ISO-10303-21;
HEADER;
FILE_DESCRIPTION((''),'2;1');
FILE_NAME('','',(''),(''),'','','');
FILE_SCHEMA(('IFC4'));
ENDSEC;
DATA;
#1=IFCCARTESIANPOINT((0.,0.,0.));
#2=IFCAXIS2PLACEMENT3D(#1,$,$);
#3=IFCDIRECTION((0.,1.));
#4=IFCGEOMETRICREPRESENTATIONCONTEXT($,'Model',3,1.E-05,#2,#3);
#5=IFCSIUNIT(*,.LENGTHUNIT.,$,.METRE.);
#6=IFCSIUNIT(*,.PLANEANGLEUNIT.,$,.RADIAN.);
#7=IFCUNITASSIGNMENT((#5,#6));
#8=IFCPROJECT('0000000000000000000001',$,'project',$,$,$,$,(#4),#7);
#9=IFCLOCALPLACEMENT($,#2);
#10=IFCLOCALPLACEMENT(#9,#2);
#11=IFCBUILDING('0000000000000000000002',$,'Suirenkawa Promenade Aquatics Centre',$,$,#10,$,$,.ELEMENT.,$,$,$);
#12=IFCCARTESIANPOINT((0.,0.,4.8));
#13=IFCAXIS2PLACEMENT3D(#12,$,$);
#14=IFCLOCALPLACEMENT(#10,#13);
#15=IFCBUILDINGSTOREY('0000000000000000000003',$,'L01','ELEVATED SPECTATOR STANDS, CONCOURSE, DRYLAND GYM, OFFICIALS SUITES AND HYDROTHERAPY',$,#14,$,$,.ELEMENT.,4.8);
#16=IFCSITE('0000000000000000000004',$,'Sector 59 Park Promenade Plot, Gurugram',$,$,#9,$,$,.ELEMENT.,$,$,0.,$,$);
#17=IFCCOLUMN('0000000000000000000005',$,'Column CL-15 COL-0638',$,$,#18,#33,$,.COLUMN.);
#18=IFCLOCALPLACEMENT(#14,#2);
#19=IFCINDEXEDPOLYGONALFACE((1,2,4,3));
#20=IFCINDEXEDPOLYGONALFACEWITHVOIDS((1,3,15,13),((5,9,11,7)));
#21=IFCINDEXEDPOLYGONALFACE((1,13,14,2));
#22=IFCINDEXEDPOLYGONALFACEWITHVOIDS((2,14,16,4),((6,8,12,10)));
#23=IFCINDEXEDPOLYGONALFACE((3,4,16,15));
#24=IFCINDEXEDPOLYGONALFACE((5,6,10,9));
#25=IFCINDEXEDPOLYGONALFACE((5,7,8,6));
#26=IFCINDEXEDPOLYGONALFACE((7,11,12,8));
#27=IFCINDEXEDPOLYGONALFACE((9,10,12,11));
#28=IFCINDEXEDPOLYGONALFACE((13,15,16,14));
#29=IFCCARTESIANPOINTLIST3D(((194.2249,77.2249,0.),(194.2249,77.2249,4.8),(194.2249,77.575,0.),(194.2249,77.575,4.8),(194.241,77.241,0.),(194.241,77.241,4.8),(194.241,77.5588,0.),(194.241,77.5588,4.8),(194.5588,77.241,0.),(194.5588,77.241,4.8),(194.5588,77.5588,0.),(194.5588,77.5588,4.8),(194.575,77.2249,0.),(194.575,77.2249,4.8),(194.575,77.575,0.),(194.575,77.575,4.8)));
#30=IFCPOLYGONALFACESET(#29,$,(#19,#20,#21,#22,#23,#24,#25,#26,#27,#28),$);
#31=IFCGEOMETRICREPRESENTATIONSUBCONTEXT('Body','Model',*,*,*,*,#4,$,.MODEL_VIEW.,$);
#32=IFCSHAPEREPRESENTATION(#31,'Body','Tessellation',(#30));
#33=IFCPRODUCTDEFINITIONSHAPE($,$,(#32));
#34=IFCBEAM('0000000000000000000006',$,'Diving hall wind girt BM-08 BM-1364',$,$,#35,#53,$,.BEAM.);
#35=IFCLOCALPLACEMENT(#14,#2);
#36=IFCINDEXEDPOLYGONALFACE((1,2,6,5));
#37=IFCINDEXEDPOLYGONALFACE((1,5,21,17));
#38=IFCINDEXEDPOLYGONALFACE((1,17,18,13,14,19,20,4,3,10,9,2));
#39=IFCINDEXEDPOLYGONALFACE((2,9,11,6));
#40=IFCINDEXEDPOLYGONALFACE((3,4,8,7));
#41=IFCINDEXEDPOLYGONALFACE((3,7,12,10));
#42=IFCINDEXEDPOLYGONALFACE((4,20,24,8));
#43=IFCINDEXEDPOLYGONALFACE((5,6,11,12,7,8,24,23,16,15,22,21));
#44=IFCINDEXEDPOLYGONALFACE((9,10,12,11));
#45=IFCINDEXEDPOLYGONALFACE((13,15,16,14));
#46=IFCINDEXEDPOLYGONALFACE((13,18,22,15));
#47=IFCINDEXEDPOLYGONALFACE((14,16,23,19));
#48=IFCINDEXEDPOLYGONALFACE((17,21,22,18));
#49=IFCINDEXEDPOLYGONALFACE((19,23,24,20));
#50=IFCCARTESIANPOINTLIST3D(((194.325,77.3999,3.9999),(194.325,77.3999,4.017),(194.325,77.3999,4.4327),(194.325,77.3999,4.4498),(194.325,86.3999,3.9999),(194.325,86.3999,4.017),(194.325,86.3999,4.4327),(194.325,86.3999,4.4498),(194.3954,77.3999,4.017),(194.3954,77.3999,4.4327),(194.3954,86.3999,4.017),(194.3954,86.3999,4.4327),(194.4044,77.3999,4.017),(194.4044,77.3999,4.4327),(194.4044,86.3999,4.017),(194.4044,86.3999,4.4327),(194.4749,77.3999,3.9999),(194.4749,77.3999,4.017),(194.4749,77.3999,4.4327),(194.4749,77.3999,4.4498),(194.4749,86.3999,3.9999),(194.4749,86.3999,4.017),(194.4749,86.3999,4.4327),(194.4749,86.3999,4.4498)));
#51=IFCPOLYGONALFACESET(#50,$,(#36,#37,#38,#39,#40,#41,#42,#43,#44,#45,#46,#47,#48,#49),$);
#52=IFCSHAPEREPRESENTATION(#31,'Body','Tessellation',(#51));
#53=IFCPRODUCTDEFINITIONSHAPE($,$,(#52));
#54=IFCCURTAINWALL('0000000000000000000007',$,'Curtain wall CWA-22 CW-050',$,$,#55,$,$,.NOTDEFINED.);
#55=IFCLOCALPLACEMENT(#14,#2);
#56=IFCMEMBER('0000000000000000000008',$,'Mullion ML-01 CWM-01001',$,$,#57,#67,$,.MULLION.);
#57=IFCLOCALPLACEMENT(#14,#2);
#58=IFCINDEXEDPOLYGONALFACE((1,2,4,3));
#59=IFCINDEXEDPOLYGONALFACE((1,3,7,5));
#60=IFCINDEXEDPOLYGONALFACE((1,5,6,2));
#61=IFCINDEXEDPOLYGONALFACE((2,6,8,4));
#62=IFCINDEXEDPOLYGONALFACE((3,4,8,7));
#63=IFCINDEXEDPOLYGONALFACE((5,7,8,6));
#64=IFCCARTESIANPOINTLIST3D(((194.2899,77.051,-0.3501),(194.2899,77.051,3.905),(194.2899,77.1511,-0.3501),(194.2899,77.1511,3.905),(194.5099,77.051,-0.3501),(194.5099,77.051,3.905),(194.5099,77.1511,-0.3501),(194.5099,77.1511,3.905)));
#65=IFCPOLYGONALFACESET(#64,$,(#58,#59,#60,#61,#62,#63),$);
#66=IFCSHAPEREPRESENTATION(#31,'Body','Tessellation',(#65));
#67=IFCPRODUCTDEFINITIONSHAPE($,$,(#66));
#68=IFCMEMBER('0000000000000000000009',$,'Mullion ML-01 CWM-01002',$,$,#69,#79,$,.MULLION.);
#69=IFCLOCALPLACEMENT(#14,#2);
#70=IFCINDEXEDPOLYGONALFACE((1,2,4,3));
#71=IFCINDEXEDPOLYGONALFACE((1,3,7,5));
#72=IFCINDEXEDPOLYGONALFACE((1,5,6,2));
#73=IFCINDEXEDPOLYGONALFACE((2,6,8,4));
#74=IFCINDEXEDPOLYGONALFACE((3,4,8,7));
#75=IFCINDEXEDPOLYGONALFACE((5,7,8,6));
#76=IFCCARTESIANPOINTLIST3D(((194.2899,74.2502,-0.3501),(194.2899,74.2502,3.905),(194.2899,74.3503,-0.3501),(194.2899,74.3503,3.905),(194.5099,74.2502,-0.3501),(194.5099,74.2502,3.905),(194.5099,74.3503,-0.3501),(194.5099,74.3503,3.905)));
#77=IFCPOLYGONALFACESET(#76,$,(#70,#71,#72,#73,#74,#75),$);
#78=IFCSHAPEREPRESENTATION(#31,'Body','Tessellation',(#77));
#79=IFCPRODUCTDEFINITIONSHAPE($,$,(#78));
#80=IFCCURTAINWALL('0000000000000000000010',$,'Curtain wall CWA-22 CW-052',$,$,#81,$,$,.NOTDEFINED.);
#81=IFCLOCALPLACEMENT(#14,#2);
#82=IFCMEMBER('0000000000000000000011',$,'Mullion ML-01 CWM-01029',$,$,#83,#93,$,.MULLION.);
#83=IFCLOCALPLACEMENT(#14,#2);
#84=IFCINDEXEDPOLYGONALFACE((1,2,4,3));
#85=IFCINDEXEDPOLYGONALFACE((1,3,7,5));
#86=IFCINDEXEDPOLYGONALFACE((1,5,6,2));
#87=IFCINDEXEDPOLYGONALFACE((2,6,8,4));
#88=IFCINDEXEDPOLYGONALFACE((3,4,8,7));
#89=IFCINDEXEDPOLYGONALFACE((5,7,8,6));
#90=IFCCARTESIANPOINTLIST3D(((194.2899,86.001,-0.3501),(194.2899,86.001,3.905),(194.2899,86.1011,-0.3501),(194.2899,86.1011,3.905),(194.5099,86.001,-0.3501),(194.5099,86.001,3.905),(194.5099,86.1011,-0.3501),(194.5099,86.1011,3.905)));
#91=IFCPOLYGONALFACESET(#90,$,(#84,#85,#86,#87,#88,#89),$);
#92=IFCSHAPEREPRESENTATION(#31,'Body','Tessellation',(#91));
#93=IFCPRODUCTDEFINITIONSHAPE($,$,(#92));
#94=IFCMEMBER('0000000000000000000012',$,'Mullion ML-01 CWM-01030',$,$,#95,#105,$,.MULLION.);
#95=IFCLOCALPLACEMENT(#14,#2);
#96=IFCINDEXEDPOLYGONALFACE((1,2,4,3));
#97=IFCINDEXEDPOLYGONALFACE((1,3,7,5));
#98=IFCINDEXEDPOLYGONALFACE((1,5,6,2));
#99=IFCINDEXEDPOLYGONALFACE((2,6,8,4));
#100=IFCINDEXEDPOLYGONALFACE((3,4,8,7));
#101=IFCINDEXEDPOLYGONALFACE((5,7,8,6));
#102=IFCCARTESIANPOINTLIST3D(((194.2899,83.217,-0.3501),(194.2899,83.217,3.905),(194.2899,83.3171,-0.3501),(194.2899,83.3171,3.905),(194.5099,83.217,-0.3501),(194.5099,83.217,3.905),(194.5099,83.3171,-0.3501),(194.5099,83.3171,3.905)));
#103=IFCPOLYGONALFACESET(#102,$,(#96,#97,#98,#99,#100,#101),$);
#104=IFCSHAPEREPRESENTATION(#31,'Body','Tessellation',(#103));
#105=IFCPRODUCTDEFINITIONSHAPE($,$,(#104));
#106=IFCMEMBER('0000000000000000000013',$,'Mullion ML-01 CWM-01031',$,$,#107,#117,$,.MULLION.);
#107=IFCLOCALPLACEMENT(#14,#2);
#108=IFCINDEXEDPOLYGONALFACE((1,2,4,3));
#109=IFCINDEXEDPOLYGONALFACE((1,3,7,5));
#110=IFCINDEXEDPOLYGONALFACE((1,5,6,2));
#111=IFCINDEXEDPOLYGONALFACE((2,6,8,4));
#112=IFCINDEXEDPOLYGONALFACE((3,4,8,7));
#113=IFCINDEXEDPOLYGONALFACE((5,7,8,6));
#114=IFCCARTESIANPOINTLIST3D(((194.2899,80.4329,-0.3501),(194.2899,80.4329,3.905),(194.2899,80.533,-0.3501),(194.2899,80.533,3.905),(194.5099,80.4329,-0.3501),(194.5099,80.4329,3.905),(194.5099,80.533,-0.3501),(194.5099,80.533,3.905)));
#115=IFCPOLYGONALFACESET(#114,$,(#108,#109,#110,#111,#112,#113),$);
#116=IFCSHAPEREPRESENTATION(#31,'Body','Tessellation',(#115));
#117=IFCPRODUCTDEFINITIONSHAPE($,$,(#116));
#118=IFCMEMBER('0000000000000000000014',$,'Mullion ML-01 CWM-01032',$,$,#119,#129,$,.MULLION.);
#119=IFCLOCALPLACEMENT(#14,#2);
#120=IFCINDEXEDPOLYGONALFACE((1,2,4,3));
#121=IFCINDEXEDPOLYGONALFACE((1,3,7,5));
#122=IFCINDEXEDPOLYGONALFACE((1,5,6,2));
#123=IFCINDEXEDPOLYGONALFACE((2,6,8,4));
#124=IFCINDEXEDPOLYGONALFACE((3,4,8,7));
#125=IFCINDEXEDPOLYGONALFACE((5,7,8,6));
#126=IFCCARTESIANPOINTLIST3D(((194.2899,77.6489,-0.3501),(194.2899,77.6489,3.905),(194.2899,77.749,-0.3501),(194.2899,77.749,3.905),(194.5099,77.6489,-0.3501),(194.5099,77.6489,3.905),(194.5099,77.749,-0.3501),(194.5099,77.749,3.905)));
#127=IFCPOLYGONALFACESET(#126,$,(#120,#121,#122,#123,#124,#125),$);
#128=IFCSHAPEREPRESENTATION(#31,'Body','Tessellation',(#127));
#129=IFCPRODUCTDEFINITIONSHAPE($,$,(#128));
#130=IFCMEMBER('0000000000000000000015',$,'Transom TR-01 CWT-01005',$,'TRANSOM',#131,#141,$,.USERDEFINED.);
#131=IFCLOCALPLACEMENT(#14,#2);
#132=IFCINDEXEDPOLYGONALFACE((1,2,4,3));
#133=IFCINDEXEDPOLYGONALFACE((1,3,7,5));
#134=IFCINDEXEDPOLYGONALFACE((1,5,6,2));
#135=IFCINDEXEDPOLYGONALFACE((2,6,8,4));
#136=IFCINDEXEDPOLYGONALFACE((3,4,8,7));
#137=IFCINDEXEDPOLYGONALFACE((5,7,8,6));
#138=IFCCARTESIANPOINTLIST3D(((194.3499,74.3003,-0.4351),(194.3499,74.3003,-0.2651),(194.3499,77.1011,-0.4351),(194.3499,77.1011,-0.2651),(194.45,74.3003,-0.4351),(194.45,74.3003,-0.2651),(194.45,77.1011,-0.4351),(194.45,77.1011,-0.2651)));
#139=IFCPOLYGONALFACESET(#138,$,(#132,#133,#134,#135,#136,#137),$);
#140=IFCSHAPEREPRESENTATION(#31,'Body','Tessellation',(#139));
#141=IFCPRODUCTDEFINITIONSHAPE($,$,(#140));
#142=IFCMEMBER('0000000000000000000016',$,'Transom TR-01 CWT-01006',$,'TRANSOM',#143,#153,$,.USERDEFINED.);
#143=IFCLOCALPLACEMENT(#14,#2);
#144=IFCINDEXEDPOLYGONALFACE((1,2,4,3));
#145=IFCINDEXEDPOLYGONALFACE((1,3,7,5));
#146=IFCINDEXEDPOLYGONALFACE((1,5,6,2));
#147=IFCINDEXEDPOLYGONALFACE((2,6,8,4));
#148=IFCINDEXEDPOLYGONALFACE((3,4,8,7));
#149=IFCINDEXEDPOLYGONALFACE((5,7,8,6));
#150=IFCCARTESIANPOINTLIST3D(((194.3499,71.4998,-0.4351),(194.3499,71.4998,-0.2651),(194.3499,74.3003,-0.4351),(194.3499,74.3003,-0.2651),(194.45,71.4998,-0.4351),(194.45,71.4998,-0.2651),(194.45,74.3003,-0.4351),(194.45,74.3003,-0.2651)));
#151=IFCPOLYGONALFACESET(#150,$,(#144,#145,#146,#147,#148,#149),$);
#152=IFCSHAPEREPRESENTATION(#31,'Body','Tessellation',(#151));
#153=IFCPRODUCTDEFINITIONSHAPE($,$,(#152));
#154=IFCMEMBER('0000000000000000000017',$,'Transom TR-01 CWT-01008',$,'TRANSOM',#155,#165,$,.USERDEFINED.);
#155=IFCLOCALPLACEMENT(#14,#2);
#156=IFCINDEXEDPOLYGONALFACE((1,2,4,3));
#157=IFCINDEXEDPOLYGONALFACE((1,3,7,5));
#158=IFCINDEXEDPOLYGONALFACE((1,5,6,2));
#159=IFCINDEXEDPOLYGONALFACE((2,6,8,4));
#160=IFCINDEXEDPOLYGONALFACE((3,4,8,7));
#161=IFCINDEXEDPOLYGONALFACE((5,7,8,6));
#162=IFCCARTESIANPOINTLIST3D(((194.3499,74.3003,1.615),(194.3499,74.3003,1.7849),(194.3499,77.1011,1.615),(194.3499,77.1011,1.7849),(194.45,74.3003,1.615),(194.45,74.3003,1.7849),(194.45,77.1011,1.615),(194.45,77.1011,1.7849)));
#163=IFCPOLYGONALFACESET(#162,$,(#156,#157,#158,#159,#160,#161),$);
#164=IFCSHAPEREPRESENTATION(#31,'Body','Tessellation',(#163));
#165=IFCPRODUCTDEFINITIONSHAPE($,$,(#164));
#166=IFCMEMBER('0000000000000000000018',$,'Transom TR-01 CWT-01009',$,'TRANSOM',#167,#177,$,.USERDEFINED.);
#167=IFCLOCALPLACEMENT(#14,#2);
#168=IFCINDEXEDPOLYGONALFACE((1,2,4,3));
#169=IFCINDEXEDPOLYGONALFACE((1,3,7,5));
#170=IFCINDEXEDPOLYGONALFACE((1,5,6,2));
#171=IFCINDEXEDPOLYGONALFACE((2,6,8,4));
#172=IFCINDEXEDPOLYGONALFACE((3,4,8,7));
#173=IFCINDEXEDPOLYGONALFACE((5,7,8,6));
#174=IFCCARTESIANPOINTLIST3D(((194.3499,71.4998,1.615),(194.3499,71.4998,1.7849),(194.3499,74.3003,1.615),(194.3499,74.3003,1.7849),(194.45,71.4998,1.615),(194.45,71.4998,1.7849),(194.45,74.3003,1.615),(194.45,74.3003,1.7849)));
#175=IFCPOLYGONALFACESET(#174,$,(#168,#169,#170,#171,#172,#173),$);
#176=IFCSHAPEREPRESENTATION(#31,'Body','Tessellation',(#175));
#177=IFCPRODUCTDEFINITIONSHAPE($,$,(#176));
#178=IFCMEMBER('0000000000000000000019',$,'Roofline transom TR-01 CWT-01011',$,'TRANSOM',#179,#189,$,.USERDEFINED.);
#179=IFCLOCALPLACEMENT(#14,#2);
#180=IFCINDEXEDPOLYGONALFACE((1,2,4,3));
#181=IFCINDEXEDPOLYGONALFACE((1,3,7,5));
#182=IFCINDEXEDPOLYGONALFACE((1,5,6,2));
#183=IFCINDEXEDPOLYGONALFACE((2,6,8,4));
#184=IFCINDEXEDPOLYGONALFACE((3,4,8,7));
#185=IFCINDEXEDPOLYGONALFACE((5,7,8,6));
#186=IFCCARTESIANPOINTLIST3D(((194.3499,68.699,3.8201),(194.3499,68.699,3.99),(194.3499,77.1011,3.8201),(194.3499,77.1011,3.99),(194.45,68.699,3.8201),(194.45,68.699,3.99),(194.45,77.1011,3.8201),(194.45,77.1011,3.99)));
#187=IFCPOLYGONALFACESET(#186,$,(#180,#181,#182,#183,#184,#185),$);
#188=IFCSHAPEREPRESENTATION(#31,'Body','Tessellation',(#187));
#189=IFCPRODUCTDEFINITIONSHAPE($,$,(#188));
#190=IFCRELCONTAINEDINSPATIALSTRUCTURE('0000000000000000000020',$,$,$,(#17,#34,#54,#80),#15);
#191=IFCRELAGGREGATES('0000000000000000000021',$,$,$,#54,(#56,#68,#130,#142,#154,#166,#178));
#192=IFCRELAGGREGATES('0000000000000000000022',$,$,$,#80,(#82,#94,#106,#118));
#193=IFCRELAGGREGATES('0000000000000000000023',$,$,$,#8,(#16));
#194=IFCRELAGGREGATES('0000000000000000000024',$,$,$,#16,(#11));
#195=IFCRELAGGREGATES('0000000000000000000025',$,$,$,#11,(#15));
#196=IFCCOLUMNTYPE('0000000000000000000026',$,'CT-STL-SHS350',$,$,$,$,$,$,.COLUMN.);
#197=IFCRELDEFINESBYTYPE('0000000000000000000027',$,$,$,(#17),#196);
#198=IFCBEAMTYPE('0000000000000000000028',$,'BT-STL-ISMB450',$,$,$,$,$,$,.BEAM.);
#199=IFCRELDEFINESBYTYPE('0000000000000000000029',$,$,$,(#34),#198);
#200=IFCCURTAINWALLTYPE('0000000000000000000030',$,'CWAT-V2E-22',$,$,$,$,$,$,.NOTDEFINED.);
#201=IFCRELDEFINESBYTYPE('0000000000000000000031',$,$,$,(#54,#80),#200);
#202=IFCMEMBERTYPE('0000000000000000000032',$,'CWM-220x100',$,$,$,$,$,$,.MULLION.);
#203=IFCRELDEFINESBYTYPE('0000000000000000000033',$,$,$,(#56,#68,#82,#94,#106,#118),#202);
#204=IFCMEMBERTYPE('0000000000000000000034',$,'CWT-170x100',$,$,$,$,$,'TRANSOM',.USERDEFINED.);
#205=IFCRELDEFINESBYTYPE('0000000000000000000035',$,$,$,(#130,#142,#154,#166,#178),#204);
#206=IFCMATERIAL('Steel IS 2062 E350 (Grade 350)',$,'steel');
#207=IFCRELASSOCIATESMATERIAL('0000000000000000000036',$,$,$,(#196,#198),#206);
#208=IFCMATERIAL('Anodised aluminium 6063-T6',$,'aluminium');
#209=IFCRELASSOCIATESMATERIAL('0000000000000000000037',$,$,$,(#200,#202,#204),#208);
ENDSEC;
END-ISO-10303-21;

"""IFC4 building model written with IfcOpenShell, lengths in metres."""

from ifc_helpers import new_model, si_unit, direction, frame, origin, origin_2d, place, context, subcontext, project, spatial, rectangle, hollow_rectangle, i_section, extrude, material, material_profile, profile_set, type_object, element, aggregate, save


model = new_model("IFC4")

# Units and contexts
model_context = context("Model", 3, precision=1e-05, world=origin(), true_north=direction((0.0, 1.0)))
body_context = subcontext(model_context, "Body", "Model", "MODEL_VIEW")
ifc_project = project(units=[si_unit("LENGTHUNIT", "METRE"), si_unit("PLANEANGLEUNIT", "RADIAN")], contexts=[model_context])

# Site, building, storey
site_placement = place(None, origin())
site = spatial("IfcSite", under=ifc_project, at=site_placement, Name="Sector 59 Park Promenade Plot, Gurugram", CompositionType="ELEMENT", RefElevation=0.0)
building_placement = place(site_placement, origin())
building = spatial("IfcBuilding", under=site, at=building_placement, Name="Suirenkawa Promenade Aquatics Centre", CompositionType="ELEMENT")
storey_placement = place(building_placement, frame((0.0, 0.0, 4.8)))
storey = spatial("IfcBuildingStorey", under=building, at=storey_placement, Name="L01", Description="ELEVATED SPECTATOR STANDS, CONCOURSE, DRYLAND GYM, OFFICIALS SUITES AND HYDROTHERAPY", CompositionType="ELEMENT", Elevation=4.8)

# Column
ifc_material_1 = material(Name="Steel IS 2062 E350 (Grade 350)", Category="steel")
ifc_material_profile_1 = material_profile(ifc_material_1, hollow_rectangle(XDim=0.3501, YDim=0.3501, WallThickness=0.0161, at=origin_2d()), Name="SHS 350x350x16", Category="steel")
ifc_profile_set_1 = profile_set([ifc_material_profile_1], Name="Steel IS 2062 E350 (Grade 350)")
column_type = type_object("IfcColumnType", Name="CT-STL-SHS350", PredefinedType="COLUMN", material=ifc_profile_set_1)
column_placement = place(storey_placement, frame((194.3999, 77.3999, 0.0), z_axis=(0.0, 0.0, 1.0), x_axis=(1.0, 0.0, 0.0)))
element("IfcColumn", 1, at=column_placement, inside=storey, type_object=column_type, Name="Column CL-15 COL-0638", PredefinedType="COLUMN", context=body_context, shape_type="SweptSolid", body=[
    extrude(hollow_rectangle(XDim=0.3501, YDim=0.3501, WallThickness=0.0161, at=origin_2d()), origin(), (0.0, 0.0, 1.0), 4.8),
])

# Beam
ifc_material_profile_2 = material_profile(ifc_material_1, i_section(OverallWidth=0.1499, OverallDepth=0.45, WebThickness=0.009, FlangeThickness=0.0171, at=origin_2d()), Name="ISMB 450", Category="steel")
ifc_profile_set_2 = profile_set([ifc_material_profile_2], Name="Steel IS 2062 E350 (Grade 350)")
beam_type = type_object("IfcBeamType", Name="BT-STL-ISMB450", PredefinedType="BEAM", material=ifc_profile_set_2)
beam_placement = place(storey_placement, frame((194.3999, 77.3999, 4.2249), z_axis=(0.0, 1.0, 0.0), x_axis=(-1.0, 0.0, 0.0)))
element("IfcBeam", 2, at=beam_placement, inside=storey, type_object=beam_type, Name="Diving hall wind girt BM-08 BM-1364", PredefinedType="BEAM", context=body_context, shape_type="SweptSolid", body=[
    extrude(i_section(OverallWidth=0.1499, OverallDepth=0.45, WebThickness=0.009, FlangeThickness=0.0171, at=origin_2d()), origin(), (0.0, 0.0, 1.0), 9.0),
])

# Curtain walls, members
ifc_material_2 = material(Name="Anodised aluminium 6063-T6", Category="aluminium")
curtain_wall_type = type_object("IfcCurtainWallType", Name="CWAT-V2E-22", PredefinedType="NOTDEFINED", material=ifc_material_2)
curtain_wall_1_placement = place(storey_placement, origin())
curtain_wall_1 = element("IfcCurtainWall", 3, at=curtain_wall_1_placement, inside=storey, type_object=curtain_wall_type, Name="Curtain wall CWA-22 CW-050", PredefinedType="NOTDEFINED")
ifc_material_profile_3 = material_profile(ifc_material_2, rectangle(XDim=0.1001, YDim=0.22, at=origin_2d()), Name="ALU MULL 100x220", Category="aluminium")
ifc_profile_set_3 = profile_set([ifc_material_profile_3], Name="Anodised aluminium 6063-T6")
member_type_1 = type_object("IfcMemberType", Name="CWM-220x100", PredefinedType="MULLION", material=ifc_profile_set_3)
member_1_placement = place(storey_placement, frame((194.3999, 77.1011, -0.3501), z_axis=(0.0, 0.0, 1.0), x_axis=(0.0, -1.0, 0.0)))
member_1 = element("IfcMember", 4, at=member_1_placement, type_object=member_type_1, Name="Mullion ML-01 CWM-01001", PredefinedType="MULLION", context=body_context, shape_type="SweptSolid", body=[
    extrude(rectangle(XDim=0.1001, YDim=0.22, at=origin_2d()), origin(), (0.0, 0.0, 1.0), 4.2551),
])
member_2_placement = place(storey_placement, frame((194.3999, 74.3003, -0.3501), z_axis=(0.0, 0.0, 1.0), x_axis=(0.0, -1.0, 0.0)))
member_2 = element("IfcMember", 5, at=member_2_placement, type_object=member_type_1, Name="Mullion ML-01 CWM-01002", PredefinedType="MULLION", context=body_context, shape_type="SweptSolid", body=[
    extrude(rectangle(XDim=0.1001, YDim=0.22, at=origin_2d()), origin(), (0.0, 0.0, 1.0), 4.2551),
])
curtain_wall_2_placement = place(storey_placement, origin())
curtain_wall_2 = element("IfcCurtainWall", 6, at=curtain_wall_2_placement, inside=storey, type_object=curtain_wall_type, Name="Curtain wall CWA-22 CW-052", PredefinedType="NOTDEFINED")
member_3_placement = place(storey_placement, frame((194.3999, 86.051, -0.3501), z_axis=(0.0, 0.0, 1.0), x_axis=(0.0, -1.0, 0.0)))
member_3 = element("IfcMember", 7, at=member_3_placement, type_object=member_type_1, Name="Mullion ML-01 CWM-01029", PredefinedType="MULLION", context=body_context, shape_type="SweptSolid", body=[
    extrude(rectangle(XDim=0.1001, YDim=0.22, at=origin_2d()), origin(), (0.0, 0.0, 1.0), 4.2551),
])
member_4_placement = place(storey_placement, frame((194.3999, 83.2671, -0.3501), z_axis=(0.0, 0.0, 1.0), x_axis=(0.0, -1.0, 0.0)))
member_4 = element("IfcMember", 8, at=member_4_placement, type_object=member_type_1, Name="Mullion ML-01 CWM-01030", PredefinedType="MULLION", context=body_context, shape_type="SweptSolid", body=[
    extrude(rectangle(XDim=0.1001, YDim=0.22, at=origin_2d()), origin(), (0.0, 0.0, 1.0), 4.2551),
])
member_5_placement = place(storey_placement, frame((194.3999, 80.4829, -0.3501), z_axis=(0.0, 0.0, 1.0), x_axis=(0.0, -1.0, 0.0)))
member_5 = element("IfcMember", 9, at=member_5_placement, type_object=member_type_1, Name="Mullion ML-01 CWM-01031", PredefinedType="MULLION", context=body_context, shape_type="SweptSolid", body=[
    extrude(rectangle(XDim=0.1001, YDim=0.22, at=origin_2d()), origin(), (0.0, 0.0, 1.0), 4.2551),
])
member_6_placement = place(storey_placement, frame((194.3999, 77.699, -0.3501), z_axis=(0.0, 0.0, 1.0), x_axis=(0.0, -1.0, 0.0)))
member_6 = element("IfcMember", 10, at=member_6_placement, type_object=member_type_1, Name="Mullion ML-01 CWM-01032", PredefinedType="MULLION", context=body_context, shape_type="SweptSolid", body=[
    extrude(rectangle(XDim=0.1001, YDim=0.22, at=origin_2d()), origin(), (0.0, 0.0, 1.0), 4.2551),
])

# Members
ifc_material_profile_4 = material_profile(ifc_material_2, rectangle(XDim=0.1001, YDim=0.1699, at=origin_2d()), Name="ALU TRAN 100x170", Category="aluminium")
ifc_profile_set_4 = profile_set([ifc_material_profile_4], Name="Anodised aluminium 6063-T6")
member_type_2 = type_object("IfcMemberType", Name="CWT-170x100", ElementType="TRANSOM", PredefinedType="USERDEFINED", material=ifc_profile_set_4)
member_7_placement = place(storey_placement, frame((194.3999, 77.1011, -0.3501), z_axis=(0.0, -1.0, 0.0), x_axis=(1.0, 0.0, 0.0)))
member_7 = element("IfcMember", 11, at=member_7_placement, type_object=member_type_2, Name="Transom TR-01 CWT-01005", ObjectType="TRANSOM", PredefinedType="USERDEFINED", context=body_context, shape_type="SweptSolid", body=[
    extrude(rectangle(XDim=0.1001, YDim=0.1699, at=origin_2d()), origin(), (0.0, 0.0, 1.0), 2.8008),
])
member_8_placement = place(storey_placement, frame((194.3999, 74.3003, -0.3501), z_axis=(0.0, -1.0, 0.0), x_axis=(1.0, 0.0, 0.0)))
member_8 = element("IfcMember", 12, at=member_8_placement, type_object=member_type_2, Name="Transom TR-01 CWT-01006", ObjectType="TRANSOM", PredefinedType="USERDEFINED", context=body_context, shape_type="SweptSolid", body=[
    extrude(rectangle(XDim=0.1001, YDim=0.1699, at=origin_2d()), origin(), (0.0, 0.0, 1.0), 2.8005),
])
member_9_placement = place(storey_placement, frame((194.3999, 77.1011, 1.7), z_axis=(0.0, -1.0, 0.0), x_axis=(1.0, 0.0, 0.0)))
member_9 = element("IfcMember", 13, at=member_9_placement, type_object=member_type_2, Name="Transom TR-01 CWT-01008", ObjectType="TRANSOM", PredefinedType="USERDEFINED", context=body_context, shape_type="SweptSolid", body=[
    extrude(rectangle(XDim=0.1001, YDim=0.1699, at=origin_2d()), origin(), (0.0, 0.0, 1.0), 2.8008),
])
member_10_placement = place(storey_placement, frame((194.3999, 74.3003, 1.7), z_axis=(0.0, -1.0, 0.0), x_axis=(1.0, 0.0, 0.0)))
member_10 = element("IfcMember", 14, at=member_10_placement, type_object=member_type_2, Name="Transom TR-01 CWT-01009", ObjectType="TRANSOM", PredefinedType="USERDEFINED", context=body_context, shape_type="SweptSolid", body=[
    extrude(rectangle(XDim=0.1001, YDim=0.1699, at=origin_2d()), origin(), (0.0, 0.0, 1.0), 2.8005),
])
member_11_placement = place(storey_placement, frame((194.3999, 77.1011, 3.905), z_axis=(0.0, -1.0, 0.0), x_axis=(1.0, 0.0, 0.0)))
member_11 = element("IfcMember", 15, at=member_11_placement, type_object=member_type_2, Name="Roofline transom TR-01 CWT-01011", ObjectType="TRANSOM", PredefinedType="USERDEFINED", context=body_context, shape_type="SweptSolid", body=[
    extrude(rectangle(XDim=0.1001, YDim=0.1699, at=origin_2d()), origin(), (0.0, 0.0, 1.0), 8.4021),
])

aggregate(curtain_wall_1, [member_1, member_2, member_7, member_8, member_9, member_10, member_11])
aggregate(curtain_wall_2, [member_3, member_4, member_5, member_6])

save(model, "model.ifc")
